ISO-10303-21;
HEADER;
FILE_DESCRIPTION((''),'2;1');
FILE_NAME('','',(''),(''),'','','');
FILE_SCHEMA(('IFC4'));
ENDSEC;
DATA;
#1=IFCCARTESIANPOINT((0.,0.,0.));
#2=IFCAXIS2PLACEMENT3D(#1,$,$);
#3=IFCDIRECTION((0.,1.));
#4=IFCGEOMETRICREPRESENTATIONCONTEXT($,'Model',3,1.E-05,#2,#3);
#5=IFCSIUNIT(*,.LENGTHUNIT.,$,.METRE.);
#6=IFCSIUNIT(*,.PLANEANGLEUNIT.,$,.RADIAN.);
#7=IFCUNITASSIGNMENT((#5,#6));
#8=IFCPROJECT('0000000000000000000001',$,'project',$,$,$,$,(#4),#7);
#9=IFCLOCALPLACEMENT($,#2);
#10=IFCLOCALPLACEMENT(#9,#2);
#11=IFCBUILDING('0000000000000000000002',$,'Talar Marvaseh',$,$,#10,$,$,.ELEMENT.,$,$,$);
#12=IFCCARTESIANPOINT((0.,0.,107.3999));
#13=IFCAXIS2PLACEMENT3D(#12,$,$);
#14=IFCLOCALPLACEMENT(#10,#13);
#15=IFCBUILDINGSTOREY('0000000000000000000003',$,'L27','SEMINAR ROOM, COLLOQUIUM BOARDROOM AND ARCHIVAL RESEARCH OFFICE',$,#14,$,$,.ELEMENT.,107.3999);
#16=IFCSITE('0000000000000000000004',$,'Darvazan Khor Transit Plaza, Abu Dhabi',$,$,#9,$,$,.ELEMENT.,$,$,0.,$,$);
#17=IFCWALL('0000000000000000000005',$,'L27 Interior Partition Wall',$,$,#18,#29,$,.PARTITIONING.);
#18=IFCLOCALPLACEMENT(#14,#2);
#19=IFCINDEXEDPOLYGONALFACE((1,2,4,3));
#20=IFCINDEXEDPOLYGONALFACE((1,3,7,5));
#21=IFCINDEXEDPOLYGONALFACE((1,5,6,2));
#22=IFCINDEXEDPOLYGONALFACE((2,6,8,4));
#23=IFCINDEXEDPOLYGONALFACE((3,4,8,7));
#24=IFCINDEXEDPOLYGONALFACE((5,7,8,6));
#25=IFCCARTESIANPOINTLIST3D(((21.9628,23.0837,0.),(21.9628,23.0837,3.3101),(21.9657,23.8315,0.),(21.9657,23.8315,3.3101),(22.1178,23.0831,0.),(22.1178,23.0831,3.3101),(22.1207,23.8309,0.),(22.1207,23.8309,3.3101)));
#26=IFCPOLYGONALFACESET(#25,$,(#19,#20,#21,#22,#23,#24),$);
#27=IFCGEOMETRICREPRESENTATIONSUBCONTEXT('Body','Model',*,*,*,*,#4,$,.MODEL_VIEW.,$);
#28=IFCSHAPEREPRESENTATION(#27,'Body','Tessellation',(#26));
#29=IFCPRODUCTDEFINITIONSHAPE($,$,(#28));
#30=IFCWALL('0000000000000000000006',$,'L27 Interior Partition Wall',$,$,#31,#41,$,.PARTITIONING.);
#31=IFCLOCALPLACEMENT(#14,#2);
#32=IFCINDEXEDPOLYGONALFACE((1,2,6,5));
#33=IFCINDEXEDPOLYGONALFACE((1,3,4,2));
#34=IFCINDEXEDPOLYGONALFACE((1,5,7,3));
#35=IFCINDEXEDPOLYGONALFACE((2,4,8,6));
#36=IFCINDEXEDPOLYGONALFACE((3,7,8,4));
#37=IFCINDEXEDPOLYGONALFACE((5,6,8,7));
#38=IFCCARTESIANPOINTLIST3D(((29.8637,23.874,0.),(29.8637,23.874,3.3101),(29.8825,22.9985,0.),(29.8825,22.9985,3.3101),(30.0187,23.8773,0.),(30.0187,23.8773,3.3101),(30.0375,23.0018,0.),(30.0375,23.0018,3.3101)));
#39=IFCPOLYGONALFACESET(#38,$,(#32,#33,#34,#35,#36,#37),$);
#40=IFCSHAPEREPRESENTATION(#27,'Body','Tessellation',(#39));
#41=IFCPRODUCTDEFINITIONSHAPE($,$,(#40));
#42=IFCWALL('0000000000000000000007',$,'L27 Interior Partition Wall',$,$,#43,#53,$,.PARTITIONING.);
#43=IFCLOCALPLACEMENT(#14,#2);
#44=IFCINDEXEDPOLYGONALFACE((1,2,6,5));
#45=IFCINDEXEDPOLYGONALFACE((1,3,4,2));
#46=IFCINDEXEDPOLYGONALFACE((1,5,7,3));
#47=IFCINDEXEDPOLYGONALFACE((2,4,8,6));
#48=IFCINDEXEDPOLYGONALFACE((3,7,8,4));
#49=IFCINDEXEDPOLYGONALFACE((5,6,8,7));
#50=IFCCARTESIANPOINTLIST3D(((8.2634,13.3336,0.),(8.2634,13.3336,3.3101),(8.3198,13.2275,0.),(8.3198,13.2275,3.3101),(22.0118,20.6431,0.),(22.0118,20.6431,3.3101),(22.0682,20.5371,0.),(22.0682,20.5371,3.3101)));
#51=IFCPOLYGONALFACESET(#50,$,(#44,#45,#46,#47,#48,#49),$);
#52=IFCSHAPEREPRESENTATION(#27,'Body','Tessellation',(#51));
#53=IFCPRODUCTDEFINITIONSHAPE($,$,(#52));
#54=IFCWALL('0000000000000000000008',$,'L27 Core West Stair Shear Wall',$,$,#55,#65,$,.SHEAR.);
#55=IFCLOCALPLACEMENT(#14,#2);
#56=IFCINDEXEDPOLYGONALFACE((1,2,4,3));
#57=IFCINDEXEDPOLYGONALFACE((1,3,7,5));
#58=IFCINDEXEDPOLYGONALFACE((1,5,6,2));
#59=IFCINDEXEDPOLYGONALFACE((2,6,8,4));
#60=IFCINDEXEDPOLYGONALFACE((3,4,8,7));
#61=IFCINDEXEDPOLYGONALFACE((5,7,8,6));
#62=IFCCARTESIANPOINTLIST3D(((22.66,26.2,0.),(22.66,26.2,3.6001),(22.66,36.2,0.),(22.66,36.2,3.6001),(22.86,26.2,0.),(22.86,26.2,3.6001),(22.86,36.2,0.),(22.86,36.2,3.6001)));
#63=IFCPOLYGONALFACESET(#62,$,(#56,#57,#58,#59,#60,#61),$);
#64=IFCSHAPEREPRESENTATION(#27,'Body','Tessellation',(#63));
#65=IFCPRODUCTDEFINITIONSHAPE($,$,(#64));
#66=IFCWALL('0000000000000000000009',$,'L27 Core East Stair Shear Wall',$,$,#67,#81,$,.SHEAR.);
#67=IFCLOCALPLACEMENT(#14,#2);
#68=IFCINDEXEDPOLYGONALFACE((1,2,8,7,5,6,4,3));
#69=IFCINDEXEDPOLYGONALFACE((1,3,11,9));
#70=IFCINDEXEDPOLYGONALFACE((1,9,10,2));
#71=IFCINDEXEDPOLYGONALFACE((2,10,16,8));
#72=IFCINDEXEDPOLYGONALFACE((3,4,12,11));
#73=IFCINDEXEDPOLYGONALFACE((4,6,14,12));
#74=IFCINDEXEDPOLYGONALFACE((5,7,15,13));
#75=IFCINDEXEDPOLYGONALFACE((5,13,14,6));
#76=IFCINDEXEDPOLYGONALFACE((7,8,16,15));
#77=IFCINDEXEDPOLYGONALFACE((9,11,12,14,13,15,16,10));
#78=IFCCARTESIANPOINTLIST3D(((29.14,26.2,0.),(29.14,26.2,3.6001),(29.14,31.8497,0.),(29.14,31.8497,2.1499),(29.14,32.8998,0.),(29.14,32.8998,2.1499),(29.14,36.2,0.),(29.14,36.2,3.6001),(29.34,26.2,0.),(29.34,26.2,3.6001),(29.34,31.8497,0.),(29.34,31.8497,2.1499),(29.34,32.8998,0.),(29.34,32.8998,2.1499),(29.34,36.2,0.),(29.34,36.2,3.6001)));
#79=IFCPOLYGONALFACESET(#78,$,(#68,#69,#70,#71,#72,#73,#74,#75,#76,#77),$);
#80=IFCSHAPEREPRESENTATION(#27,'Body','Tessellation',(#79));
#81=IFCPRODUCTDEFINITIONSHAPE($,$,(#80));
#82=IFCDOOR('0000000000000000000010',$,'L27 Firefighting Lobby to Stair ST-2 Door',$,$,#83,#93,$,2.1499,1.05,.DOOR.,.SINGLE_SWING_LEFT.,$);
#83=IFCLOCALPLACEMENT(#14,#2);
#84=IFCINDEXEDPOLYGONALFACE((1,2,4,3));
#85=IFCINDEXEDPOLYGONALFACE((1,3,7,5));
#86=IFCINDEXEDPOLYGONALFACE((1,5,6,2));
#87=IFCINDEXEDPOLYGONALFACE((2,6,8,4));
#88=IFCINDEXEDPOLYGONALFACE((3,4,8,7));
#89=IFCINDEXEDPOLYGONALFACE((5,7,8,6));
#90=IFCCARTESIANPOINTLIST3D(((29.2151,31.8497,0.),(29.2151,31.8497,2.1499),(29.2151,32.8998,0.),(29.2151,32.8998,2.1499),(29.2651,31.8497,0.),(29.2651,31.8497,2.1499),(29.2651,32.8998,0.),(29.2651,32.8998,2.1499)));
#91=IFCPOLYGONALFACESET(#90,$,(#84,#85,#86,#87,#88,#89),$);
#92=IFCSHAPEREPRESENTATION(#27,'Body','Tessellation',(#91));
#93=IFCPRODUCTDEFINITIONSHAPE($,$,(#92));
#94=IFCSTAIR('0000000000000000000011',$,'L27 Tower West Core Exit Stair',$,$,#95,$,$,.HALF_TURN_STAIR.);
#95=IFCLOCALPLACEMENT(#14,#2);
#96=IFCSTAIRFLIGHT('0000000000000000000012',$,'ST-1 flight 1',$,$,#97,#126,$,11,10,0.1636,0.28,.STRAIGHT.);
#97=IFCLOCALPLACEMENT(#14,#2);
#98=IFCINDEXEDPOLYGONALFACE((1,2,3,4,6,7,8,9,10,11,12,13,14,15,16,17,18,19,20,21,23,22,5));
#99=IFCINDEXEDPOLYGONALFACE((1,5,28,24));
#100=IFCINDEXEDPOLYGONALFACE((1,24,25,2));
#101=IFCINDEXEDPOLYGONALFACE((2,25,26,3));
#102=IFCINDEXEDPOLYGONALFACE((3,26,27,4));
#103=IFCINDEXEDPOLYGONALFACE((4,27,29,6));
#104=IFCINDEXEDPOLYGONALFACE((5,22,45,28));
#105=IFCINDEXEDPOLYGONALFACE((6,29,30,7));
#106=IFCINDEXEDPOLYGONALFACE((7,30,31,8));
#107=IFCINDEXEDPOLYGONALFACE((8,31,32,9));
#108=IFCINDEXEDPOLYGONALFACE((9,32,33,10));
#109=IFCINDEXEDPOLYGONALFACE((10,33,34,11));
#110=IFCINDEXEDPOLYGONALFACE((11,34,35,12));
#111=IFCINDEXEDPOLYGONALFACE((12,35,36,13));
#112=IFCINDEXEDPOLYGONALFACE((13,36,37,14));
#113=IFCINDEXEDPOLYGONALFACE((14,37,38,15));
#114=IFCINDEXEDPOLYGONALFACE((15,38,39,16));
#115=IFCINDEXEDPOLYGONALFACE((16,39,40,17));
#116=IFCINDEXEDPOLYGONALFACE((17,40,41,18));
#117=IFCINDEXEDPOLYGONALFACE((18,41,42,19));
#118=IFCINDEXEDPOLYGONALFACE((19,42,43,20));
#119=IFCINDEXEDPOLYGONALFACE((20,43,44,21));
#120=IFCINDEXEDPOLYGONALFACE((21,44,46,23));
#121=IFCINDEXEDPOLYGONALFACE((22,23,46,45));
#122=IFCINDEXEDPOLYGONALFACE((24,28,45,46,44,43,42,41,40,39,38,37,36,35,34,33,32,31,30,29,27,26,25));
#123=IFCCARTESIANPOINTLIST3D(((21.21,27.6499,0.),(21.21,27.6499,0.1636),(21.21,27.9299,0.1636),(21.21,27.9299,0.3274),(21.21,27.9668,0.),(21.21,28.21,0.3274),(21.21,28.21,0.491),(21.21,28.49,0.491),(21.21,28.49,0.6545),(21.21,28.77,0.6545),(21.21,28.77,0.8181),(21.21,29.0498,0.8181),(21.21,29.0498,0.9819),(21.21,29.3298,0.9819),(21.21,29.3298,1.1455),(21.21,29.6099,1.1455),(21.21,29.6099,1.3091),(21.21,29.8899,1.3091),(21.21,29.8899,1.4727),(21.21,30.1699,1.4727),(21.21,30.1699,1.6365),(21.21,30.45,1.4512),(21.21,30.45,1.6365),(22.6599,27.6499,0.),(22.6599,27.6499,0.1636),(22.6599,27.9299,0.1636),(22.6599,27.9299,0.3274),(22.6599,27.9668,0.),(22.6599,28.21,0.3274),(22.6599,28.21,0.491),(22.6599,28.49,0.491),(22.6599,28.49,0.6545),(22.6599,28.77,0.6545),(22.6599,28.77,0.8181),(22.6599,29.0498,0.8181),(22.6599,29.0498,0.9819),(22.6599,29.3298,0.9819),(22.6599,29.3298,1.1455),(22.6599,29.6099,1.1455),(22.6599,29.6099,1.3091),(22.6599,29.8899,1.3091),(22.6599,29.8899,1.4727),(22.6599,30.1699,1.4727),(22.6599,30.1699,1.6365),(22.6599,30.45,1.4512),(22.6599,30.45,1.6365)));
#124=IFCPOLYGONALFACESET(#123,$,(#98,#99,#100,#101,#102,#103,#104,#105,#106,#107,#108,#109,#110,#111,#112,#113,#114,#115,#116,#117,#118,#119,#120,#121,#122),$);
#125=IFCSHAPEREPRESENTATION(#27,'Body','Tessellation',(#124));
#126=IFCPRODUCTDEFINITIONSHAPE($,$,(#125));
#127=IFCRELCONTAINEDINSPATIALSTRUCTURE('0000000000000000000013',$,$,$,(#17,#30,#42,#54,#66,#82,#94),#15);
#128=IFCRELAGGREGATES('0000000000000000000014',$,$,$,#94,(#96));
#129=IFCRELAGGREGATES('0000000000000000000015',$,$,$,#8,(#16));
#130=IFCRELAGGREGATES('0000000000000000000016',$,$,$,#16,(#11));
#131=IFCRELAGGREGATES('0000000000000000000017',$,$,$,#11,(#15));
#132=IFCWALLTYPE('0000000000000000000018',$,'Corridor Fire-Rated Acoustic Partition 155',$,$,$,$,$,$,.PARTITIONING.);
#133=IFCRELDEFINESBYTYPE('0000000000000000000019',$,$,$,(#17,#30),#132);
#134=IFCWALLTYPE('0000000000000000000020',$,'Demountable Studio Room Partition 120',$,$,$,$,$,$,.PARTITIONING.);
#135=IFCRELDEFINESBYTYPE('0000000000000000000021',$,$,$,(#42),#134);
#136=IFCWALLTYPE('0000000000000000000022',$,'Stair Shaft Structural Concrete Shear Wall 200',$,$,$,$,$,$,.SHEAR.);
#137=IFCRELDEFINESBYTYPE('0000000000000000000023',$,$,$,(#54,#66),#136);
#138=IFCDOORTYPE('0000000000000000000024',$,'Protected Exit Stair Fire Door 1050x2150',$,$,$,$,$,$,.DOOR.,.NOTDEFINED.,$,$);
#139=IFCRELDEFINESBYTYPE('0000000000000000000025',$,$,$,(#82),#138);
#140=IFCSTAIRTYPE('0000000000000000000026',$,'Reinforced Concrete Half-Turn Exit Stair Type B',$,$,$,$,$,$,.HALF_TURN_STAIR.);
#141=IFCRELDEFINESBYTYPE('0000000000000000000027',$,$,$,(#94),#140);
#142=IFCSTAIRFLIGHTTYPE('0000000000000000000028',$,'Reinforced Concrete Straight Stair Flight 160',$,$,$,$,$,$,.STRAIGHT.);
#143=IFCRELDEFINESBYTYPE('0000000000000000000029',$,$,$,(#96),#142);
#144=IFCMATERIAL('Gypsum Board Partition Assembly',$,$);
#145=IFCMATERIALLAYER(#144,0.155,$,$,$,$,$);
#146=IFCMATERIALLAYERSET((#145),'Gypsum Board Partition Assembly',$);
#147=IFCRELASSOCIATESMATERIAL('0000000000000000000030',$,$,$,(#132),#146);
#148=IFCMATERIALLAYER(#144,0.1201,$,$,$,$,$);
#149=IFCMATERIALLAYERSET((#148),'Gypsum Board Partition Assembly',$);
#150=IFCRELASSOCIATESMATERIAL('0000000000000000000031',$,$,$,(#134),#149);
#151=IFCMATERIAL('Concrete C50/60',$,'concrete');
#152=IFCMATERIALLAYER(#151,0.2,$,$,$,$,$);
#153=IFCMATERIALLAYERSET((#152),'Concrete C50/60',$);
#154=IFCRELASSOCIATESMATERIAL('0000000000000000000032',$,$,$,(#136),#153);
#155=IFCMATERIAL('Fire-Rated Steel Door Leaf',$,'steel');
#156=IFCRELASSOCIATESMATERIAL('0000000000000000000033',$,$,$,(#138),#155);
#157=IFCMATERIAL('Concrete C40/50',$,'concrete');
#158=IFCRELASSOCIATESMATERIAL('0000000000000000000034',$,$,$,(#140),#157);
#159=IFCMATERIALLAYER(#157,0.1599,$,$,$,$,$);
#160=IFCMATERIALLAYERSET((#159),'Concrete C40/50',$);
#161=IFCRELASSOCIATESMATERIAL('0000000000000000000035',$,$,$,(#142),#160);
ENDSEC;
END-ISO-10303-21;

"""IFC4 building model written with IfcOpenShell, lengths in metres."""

from ifc_helpers import new_model, si_unit, direction, frame, frame_2d, origin, place, context, subcontext, project, spatial, polyline, rectangle, outline, extrude, source, transform, mapped, material, layer, layer_set, type_object, type_shapes, element, fill, aggregate, save


model = new_model("IFC4")

# Units and contexts
model_context = context("Model", 3, precision=1e-05, world=origin(), true_north=direction((0.0, 1.0)))
body_context = subcontext(model_context, "Body", "Model", "MODEL_VIEW")
ifc_project = project(units=[si_unit("LENGTHUNIT", "METRE"), si_unit("PLANEANGLEUNIT", "RADIAN")], contexts=[model_context])

# Site, building, storey
site_placement = place(None, origin())
site = spatial("IfcSite", under=ifc_project, at=site_placement, Name="Darvazan Khor Transit Plaza, Abu Dhabi", CompositionType="ELEMENT", RefElevation=0.0)
building_placement = place(site_placement, origin())
building = spatial("IfcBuilding", under=site, at=building_placement, Name="Talar Marvaseh", CompositionType="ELEMENT")
storey_placement = place(building_placement, frame((0.0, 0.0, 107.3999)))
storey = spatial("IfcBuildingStorey", under=building, at=storey_placement, Name="L27", Description="SEMINAR ROOM, COLLOQUIUM BOARDROOM AND ARCHIVAL RESEARCH OFFICE", CompositionType="ELEMENT", Elevation=107.3999)

# Shared definitions
ifc_material_1 = material(Name="Concrete C40/50", Category="concrete")

# Shared definitions
ifc_material_2 = material(Name="Gypsum Board Partition Assembly")
ifc_layer_1 = layer(ifc_material_2, 0.155)
ifc_layer_set_1 = layer_set([ifc_layer_1], Name="Gypsum Board Partition Assembly")
wall_type_1 = type_object("IfcWallType", Name="Corridor Fire-Rated Acoustic Partition 155", PredefinedType="PARTITIONING", material=ifc_layer_set_1)
ifc_material_3 = material(Name="Fire-Rated Steel Door Leaf", Category="steel")

# Walls
wall_1_placement = place(storey_placement, frame((22.0432, 23.8313, 0.0), z_axis=(0.0, 0.0, 1.0), x_axis=(-0.003918, -0.999992, 0.0)))
element("IfcWall", 1, at=wall_1_placement, inside=storey, type_object=wall_type_1, Name="L27 Interior Partition Wall", PredefinedType="PARTITIONING", context=body_context, shape_type="SweptSolid", body=[
    extrude(rectangle(XDim=0.7478, YDim=0.155, at=frame_2d((0.374, 0.0))), origin(), (0.0, 0.0, 1.0), 3.3101),
])
wall_2_placement = place(storey_placement, frame((29.96, 23.0, 0.0), z_axis=(0.0, 0.0, 1.0), x_axis=(-0.021467, 0.99977, 0.0)))
element("IfcWall", 2, at=wall_2_placement, inside=storey, type_object=wall_type_1, Name="L27 Interior Partition Wall", PredefinedType="PARTITIONING", context=body_context, shape_type="SweptSolid", body=[
    extrude(rectangle(XDim=0.8757, YDim=0.155, at=frame_2d((0.438, 0.0))), origin(), (0.0, 0.0, 1.0), 3.3101),
])
ifc_layer_2 = layer(ifc_material_2, 0.1201)
ifc_layer_set_2 = layer_set([ifc_layer_2], Name="Gypsum Board Partition Assembly")
wall_type_2 = type_object("IfcWallType", Name="Demountable Studio Room Partition 120", PredefinedType="PARTITIONING", material=ifc_layer_set_2)
wall_3_placement = place(storey_placement, frame((22.04, 20.5901, 0.0), z_axis=(0.0, 0.0, 1.0), x_axis=(-0.882965, -0.469439, 0.0)))
element("IfcWall", 3, at=wall_3_placement, inside=storey, type_object=wall_type_2, Name="L27 Interior Partition Wall", PredefinedType="PARTITIONING", context=body_context, shape_type="SweptSolid", body=[
    extrude(rectangle(XDim=15.5708, YDim=0.1201, at=frame_2d((7.7854, 0.0))), origin(), (0.0, 0.0, 1.0), 3.3101),
])
ifc_material_4 = material(Name="Concrete C50/60", Category="concrete")
ifc_layer_3 = layer(ifc_material_4, 0.2)
ifc_layer_set_3 = layer_set([ifc_layer_3], Name="Concrete C50/60")
wall_type_3 = type_object("IfcWallType", Name="Stair Shaft Structural Concrete Shear Wall 200", PredefinedType="SHEAR", material=ifc_layer_set_3)
wall_4_placement = place(storey_placement, frame((22.76, 26.2, 0.0), z_axis=(0.0, 0.0, 1.0), x_axis=(0.0, 1.0, 0.0)))
element("IfcWall", 4, at=wall_4_placement, inside=storey, type_object=wall_type_3, Name="L27 Core West Stair Shear Wall", PredefinedType="SHEAR", context=body_context, shape_type="SweptSolid", body=[
    extrude(rectangle(XDim=10.0, YDim=0.2, at=frame_2d((5.0, 0.0))), origin(), (0.0, 0.0, 1.0), 3.6001),
])

# Wall, opening, door
wall_5_placement = place(storey_placement, frame((29.24, 26.2, 0.0), z_axis=(0.0, 0.0, 1.0), x_axis=(0.0, 1.0, 0.0)))
wall_5 = element("IfcWall", 5, at=wall_5_placement, inside=storey, type_object=wall_type_3, Name="L27 Core East Stair Shear Wall", PredefinedType="SHEAR", context=body_context, shape_type="SweptSolid", body=[
    extrude(rectangle(XDim=10.0, YDim=0.2, at=frame_2d((5.0, 0.0))), origin(), (0.0, 0.0, 1.0), 3.6001),
])
opening_1_placement = place(wall_5_placement, frame((5.6499, 0.0, 0.0)))
opening_1 = element("IfcOpeningElement", 6, at=opening_1_placement, cuts=wall_5, PredefinedType="OPENING", context=body_context, shape_type="SweptSolid", body=[
    extrude(rectangle(XDim=1.05, YDim=2.1499, at=frame_2d((0.5249, 1.075))), frame((0.0, 0.1099, 0.0), z_axis=(0.0, -1.0, 0.0), x_axis=(1.0, 0.0, 0.0)), (0.0, 0.0, 1.0), 0.22),
])
door_type_1 = type_object("IfcDoorType", Name="Protected Exit Stair Fire Door 1050x2150", OperationType="NOTDEFINED", PredefinedType="DOOR", material=ifc_material_3)
shared_shape_1 = source(origin(), body_context, "Body", "SweptSolid", [
    extrude(rectangle(XDim=1.05, YDim=2.1499, at=frame_2d((0.5249, 1.075))), frame((0.0, 0.0249, 0.0), z_axis=(0.0, -1.0, 0.0), x_axis=(1.0, 0.0, 0.0)), (0.0, 0.0, 1.0), 0.05),
])
type_shapes(door_type_1, [shared_shape_1])
door_1_placement = place(opening_1_placement, origin())
door_1 = element("IfcDoor", 7, at=door_1_placement, inside=storey, type_object=door_type_1, Name="L27 Firefighting Lobby to Stair ST-2 Door", OperationType="SINGLE_SWING_LEFT", OverallHeight=2.1499, OverallWidth=1.05, PredefinedType="DOOR", context=body_context, shape_type="MappedRepresentation", body=[
    mapped(shared_shape_1, transform((0.0, 0.0, 0.0), x_axis=(1.0, 0.0, 0.0), y_axis=(0.0, 1.0, 0.0), z_axis=(0.0, 0.0, 1.0), scale=1.0)),
])
fill(opening_1, door_1)

# Stair, stair flight
stair_type = type_object("IfcStairType", Name="Reinforced Concrete Half-Turn Exit Stair Type B", PredefinedType="HALF_TURN_STAIR", material=ifc_material_1)
stair_placement = place(storey_placement, origin())
stair = element("IfcStair", 8, at=stair_placement, inside=storey, type_object=stair_type, Name="L27 Tower West Core Exit Stair", PredefinedType="HALF_TURN_STAIR")
ifc_layer_4 = layer(ifc_material_1, 0.1599)
ifc_layer_set_4 = layer_set([ifc_layer_4], Name="Concrete C40/50")
stair_flight_type = type_object("IfcStairFlightType", Name="Reinforced Concrete Straight Stair Flight 160", PredefinedType="STRAIGHT", material=ifc_layer_set_4)
stair_flight_placement = place(storey_placement, frame((21.9351, 27.6499, 0.0), z_axis=(0.0, 0.0, 1.0), x_axis=(0.0, 1.0, 0.0)))
stair_flight = element("IfcStairFlight", 9, at=stair_flight_placement, type_object=stair_flight_type, Name="ST-1 flight 1", NumberOfRisers=11, NumberOfTreads=10, PredefinedType="STRAIGHT", RiserHeight=0.1636, TreadLength=0.28, context=body_context, shape_type="SweptSolid", body=[
    extrude(outline(polyline([(0.0, 0.0), (0.0, 0.1636), (0.28, 0.1636), (0.28, 0.3274), (0.5601, 0.3274), (0.5601, 0.491), (0.8401, 0.491), (0.8401, 0.6545), (1.1201, 0.6545), (1.1201, 0.8181), (1.3999, 0.8181), (1.3999, 0.9819), (1.6799, 0.9819), (1.6799, 1.1455), (1.96, 1.1455), (1.96, 1.3091), (2.24, 1.3091), (2.24, 1.4727), (2.52, 1.4727), (2.52, 1.6365), (2.8, 1.6365), (2.8, 1.8), (2.8, 1.4512), (0.3169, 0.0), (0.0, 0.0)])), frame((0.0, 0.7251, 0.0), z_axis=(0.0, -1.0, 0.0), x_axis=(1.0, 0.0, 0.0)), (0.0, 0.0, 1.0), 1.45),
])
aggregate(stair, [stair_flight])

save(model, "model.ifc")
